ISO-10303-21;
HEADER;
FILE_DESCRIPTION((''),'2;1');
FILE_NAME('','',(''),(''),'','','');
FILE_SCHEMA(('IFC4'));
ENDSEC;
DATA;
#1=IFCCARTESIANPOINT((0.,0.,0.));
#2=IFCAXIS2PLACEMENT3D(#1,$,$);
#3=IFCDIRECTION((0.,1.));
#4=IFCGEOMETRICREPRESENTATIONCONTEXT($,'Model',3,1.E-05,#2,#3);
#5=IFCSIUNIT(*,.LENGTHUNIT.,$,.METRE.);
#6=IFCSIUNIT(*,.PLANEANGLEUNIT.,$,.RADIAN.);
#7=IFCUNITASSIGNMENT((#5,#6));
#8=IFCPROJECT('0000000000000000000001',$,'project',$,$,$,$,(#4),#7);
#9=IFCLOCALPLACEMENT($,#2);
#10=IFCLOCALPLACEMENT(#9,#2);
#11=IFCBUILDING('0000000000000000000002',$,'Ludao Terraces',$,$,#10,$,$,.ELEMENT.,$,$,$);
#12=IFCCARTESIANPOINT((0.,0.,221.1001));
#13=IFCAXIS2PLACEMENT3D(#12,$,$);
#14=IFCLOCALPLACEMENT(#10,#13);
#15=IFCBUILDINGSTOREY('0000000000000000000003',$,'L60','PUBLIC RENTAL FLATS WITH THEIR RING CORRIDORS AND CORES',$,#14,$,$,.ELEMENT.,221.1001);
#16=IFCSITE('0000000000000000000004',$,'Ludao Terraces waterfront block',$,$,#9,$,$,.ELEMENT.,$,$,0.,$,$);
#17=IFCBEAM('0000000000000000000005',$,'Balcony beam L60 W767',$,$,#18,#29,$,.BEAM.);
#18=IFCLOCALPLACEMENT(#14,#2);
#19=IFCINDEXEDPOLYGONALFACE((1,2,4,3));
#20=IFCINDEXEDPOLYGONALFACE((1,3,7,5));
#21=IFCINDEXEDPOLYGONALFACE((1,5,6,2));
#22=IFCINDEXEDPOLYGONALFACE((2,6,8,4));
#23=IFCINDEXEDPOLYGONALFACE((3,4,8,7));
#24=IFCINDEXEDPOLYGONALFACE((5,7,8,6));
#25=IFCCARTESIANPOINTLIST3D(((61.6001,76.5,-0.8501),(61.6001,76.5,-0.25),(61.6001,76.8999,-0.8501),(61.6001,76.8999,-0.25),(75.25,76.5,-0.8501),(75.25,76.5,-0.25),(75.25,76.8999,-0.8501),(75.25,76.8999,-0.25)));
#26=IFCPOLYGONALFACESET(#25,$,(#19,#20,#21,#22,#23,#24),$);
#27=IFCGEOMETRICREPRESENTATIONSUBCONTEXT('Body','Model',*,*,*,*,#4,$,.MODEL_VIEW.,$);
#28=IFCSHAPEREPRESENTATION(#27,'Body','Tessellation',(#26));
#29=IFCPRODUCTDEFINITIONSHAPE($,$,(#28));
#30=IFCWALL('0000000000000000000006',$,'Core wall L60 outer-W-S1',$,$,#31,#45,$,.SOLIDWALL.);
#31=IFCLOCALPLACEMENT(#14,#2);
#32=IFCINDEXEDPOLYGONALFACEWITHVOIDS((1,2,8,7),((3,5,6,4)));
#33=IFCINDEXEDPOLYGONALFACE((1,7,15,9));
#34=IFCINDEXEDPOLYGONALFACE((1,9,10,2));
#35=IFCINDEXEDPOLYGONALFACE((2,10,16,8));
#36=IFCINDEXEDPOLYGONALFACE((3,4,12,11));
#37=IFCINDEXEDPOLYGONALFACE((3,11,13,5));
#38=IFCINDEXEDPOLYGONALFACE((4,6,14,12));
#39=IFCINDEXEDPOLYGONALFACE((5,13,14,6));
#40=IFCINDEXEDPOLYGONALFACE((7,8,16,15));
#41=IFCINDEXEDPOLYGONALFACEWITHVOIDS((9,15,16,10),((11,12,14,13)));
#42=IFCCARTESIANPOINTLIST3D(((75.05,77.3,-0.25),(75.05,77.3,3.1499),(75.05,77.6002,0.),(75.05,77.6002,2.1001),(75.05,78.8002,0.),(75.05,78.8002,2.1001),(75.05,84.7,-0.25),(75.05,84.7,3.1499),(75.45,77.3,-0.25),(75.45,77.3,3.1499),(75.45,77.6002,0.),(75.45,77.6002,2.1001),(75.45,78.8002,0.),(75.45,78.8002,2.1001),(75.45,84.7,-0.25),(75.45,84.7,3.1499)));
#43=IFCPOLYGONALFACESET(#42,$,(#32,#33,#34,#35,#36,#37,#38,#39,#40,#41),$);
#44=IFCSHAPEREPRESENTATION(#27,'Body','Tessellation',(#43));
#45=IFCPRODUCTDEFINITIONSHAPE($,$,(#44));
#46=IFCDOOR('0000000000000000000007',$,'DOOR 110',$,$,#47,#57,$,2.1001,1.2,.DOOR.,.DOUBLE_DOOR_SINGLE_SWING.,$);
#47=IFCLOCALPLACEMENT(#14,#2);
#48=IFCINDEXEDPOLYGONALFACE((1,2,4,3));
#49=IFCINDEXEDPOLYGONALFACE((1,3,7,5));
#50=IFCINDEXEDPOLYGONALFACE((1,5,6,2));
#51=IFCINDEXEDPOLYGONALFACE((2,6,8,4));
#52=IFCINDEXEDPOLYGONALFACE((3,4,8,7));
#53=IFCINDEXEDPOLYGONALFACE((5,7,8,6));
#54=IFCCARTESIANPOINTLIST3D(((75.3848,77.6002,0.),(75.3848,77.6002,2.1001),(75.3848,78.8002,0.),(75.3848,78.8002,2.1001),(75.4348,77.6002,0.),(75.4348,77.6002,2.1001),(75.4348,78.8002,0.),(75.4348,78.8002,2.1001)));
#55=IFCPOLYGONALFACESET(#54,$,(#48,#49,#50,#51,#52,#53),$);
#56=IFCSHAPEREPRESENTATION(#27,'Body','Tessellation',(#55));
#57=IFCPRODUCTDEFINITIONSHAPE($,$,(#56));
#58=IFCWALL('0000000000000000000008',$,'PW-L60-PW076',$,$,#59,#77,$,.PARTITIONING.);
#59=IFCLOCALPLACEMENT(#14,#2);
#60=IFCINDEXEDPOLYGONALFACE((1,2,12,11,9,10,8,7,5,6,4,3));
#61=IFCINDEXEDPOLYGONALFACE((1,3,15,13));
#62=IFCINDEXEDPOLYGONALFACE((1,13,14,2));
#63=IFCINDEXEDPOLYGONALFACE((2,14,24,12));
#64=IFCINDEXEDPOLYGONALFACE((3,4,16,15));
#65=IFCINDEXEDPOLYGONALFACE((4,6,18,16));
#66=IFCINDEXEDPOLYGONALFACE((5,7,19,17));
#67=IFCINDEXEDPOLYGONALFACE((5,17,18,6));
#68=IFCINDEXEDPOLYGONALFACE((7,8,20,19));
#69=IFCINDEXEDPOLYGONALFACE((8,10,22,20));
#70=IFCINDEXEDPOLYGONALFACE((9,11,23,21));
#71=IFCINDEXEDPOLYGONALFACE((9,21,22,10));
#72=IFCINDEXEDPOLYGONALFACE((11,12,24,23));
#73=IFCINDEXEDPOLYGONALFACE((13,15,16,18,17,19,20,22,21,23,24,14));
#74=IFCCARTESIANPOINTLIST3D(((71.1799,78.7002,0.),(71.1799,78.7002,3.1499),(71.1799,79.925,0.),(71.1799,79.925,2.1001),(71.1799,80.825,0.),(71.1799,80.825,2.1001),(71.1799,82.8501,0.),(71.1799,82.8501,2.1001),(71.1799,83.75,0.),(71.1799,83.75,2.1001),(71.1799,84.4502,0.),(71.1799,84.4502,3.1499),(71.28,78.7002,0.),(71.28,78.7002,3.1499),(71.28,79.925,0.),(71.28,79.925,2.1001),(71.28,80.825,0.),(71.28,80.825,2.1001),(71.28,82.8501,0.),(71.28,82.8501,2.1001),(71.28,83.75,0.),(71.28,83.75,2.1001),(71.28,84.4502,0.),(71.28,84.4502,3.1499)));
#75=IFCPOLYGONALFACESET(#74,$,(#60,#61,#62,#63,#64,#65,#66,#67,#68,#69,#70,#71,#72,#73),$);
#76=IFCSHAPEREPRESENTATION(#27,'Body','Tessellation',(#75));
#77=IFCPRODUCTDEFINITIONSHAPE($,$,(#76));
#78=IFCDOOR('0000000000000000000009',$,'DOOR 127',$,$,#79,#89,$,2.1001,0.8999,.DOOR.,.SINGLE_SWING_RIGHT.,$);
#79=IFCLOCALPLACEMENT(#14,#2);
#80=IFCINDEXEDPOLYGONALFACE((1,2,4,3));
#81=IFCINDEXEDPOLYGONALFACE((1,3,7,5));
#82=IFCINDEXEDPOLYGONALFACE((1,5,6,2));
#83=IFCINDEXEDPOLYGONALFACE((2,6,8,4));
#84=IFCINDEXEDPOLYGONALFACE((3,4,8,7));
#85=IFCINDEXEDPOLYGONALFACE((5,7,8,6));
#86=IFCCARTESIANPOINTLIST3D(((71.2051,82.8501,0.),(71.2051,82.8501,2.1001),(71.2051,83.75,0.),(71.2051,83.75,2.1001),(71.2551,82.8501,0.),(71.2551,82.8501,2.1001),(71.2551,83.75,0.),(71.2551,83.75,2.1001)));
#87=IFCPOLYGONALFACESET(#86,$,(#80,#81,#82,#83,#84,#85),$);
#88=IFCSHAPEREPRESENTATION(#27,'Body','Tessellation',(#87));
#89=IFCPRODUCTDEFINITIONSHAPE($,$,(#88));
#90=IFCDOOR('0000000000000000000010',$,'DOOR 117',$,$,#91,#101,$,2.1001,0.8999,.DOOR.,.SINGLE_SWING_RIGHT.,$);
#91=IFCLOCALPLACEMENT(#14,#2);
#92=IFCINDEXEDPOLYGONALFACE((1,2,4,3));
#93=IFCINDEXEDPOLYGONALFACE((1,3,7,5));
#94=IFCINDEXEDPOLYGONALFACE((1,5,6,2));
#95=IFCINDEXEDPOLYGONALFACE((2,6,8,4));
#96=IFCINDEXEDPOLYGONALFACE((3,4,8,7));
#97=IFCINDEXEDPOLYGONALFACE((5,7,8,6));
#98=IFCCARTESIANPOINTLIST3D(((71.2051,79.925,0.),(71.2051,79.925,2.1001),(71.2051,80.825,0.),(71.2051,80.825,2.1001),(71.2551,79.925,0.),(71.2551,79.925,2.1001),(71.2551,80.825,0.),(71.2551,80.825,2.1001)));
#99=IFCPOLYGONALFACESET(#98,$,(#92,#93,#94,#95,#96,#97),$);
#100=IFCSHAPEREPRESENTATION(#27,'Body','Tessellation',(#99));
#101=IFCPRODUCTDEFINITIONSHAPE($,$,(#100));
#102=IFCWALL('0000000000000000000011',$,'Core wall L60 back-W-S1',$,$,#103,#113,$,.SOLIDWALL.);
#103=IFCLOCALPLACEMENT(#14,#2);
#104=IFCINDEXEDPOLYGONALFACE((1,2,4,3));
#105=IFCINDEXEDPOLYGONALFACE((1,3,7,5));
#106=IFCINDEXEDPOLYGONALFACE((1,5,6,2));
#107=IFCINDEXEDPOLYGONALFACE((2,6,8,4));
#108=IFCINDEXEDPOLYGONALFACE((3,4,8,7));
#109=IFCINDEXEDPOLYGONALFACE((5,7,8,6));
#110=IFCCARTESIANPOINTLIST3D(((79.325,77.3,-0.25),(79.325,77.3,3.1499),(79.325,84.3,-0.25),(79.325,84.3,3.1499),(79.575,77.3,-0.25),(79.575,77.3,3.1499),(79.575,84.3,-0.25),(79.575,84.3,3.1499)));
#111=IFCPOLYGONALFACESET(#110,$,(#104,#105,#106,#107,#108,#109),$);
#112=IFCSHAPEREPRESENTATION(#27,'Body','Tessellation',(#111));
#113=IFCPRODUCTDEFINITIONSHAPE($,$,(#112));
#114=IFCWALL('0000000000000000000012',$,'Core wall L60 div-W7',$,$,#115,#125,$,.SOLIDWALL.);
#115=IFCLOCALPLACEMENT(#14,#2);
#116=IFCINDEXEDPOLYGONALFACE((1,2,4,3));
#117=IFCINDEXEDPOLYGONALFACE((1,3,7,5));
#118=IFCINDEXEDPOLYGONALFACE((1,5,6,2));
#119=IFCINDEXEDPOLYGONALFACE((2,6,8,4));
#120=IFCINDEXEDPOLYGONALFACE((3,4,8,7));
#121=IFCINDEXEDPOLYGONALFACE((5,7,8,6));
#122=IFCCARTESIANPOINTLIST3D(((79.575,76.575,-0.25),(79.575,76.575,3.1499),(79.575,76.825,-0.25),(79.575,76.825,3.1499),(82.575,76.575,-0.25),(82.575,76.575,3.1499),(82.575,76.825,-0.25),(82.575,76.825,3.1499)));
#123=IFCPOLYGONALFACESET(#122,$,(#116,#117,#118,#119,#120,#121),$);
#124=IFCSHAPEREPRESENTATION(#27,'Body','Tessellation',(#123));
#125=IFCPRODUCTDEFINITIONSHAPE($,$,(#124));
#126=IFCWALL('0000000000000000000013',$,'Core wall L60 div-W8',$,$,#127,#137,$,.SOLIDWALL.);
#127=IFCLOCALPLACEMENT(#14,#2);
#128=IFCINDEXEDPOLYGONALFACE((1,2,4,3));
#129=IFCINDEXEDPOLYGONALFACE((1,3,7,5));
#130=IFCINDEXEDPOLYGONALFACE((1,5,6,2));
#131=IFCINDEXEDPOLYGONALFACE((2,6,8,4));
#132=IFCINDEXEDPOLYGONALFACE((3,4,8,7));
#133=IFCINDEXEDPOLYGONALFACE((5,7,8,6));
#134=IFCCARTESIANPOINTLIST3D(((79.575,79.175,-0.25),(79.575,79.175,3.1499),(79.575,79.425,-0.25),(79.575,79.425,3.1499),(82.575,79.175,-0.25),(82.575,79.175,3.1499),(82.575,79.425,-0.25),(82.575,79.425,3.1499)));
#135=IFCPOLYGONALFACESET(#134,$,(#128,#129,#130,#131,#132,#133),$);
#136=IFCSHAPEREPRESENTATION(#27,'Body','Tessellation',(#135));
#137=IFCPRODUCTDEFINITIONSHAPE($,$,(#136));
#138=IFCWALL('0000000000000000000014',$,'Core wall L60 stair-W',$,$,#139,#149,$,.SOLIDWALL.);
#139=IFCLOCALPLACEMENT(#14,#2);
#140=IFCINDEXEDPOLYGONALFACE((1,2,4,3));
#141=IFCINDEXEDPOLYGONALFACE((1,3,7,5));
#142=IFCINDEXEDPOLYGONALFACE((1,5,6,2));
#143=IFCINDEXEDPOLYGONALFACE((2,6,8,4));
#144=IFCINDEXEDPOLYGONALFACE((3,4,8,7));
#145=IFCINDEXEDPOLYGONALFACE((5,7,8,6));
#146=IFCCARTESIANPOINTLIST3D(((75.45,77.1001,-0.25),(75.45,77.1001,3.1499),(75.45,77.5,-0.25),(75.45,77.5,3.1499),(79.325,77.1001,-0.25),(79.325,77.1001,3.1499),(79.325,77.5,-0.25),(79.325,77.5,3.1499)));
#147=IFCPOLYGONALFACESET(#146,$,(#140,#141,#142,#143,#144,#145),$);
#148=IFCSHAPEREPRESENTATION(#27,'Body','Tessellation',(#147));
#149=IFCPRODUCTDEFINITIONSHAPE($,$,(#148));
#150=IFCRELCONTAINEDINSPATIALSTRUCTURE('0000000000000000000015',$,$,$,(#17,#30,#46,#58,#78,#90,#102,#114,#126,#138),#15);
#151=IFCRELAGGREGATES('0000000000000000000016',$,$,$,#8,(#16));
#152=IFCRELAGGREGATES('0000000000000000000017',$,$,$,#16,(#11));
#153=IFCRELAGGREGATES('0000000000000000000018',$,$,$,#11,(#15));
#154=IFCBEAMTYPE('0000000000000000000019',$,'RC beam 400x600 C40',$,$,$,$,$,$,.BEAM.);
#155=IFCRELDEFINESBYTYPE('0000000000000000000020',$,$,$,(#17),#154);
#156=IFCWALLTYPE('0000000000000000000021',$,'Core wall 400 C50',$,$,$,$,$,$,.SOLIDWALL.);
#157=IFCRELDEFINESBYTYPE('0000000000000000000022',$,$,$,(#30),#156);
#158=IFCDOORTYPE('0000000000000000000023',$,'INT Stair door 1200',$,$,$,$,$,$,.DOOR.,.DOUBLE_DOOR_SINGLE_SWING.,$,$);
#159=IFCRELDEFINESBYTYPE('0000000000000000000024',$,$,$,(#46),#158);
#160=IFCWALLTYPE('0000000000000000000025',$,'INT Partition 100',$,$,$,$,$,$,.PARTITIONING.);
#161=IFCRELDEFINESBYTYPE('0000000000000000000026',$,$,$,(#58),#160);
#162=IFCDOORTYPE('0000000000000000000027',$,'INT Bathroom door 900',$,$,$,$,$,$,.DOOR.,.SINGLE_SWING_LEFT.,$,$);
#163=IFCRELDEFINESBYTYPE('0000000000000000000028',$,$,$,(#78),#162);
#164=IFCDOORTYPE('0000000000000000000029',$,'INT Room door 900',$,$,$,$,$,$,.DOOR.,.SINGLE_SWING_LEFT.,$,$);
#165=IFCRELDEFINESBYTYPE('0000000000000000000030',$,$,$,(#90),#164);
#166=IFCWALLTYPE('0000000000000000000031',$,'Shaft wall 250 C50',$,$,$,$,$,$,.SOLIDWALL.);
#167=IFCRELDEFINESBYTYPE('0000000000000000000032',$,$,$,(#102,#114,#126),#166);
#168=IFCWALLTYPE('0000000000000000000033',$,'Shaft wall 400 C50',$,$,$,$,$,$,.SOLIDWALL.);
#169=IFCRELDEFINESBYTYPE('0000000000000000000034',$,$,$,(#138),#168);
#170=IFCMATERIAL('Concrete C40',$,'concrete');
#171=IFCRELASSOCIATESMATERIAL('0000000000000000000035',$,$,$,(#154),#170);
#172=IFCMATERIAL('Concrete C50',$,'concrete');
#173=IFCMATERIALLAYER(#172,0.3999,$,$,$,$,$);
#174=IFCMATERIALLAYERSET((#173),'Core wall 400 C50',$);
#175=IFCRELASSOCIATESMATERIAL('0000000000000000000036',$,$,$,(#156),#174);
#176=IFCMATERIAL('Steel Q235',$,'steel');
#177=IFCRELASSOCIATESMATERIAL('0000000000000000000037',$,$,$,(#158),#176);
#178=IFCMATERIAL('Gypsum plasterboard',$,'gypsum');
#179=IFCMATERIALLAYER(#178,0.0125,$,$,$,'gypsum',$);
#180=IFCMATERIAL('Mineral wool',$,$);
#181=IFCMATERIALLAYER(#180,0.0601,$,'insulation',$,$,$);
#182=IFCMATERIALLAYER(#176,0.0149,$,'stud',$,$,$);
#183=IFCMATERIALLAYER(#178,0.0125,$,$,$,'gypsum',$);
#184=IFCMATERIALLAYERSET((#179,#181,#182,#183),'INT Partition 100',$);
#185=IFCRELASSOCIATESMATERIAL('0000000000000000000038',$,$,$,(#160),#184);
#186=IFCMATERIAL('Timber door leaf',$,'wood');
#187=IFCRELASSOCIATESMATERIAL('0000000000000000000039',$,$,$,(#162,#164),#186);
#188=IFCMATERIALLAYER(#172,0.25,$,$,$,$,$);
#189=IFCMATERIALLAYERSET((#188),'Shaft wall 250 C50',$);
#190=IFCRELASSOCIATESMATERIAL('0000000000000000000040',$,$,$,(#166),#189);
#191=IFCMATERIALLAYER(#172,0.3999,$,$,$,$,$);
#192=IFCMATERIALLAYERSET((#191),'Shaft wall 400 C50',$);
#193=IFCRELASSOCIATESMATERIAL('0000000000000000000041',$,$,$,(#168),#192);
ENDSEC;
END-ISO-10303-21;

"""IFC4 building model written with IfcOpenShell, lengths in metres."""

from ifc_helpers import new_model, si_unit, direction, frame, frame_2d, origin, origin_2d, place, context, subcontext, project, spatial, rectangle, extrude, material, layer, layer_set, material_profile, profile_set, type_object, element, fill, save


model = new_model("IFC4")

# Units and contexts
model_context = context("Model", 3, precision=1e-05, world=origin(), true_north=direction((0.0, 1.0)))
body_context = subcontext(model_context, "Body", "Model", "MODEL_VIEW")
ifc_project = project(units=[si_unit("LENGTHUNIT", "METRE"), si_unit("PLANEANGLEUNIT", "RADIAN")], contexts=[model_context])

# Site, building, storey
site_placement = place(None, origin())
site = spatial("IfcSite", under=ifc_project, at=site_placement, Name="Ludao Terraces waterfront block", CompositionType="ELEMENT", RefElevation=0.0)
building_placement = place(site_placement, origin())
building = spatial("IfcBuilding", under=site, at=building_placement, Name="Ludao Terraces", CompositionType="ELEMENT")
storey_placement = place(building_placement, frame((0.0, 0.0, 221.1001)))
storey = spatial("IfcBuildingStorey", under=building, at=storey_placement, Name="L60", Description="PUBLIC RENTAL FLATS WITH THEIR RING CORRIDORS AND CORES", CompositionType="ELEMENT", Elevation=221.1001)

# Beam
ifc_material_1 = material(Name="Concrete C40", Category="concrete")
ifc_material_profile = material_profile(ifc_material_1, rectangle(XDim=0.3999, YDim=0.6001, at=origin_2d()), Name="400 X 600")
ifc_profile_set = profile_set([ifc_material_profile], Name="Concrete C40")
beam_type = type_object("IfcBeamType", Name="RC beam 400x600 C40", PredefinedType="BEAM", material=ifc_profile_set)
beam_placement = place(storey_placement, frame((75.25, 76.7, -0.55), z_axis=(-1.0, 0.0, 0.0), x_axis=(0.0, -1.0, 0.0)))
element("IfcBeam", 1, at=beam_placement, inside=storey, type_object=beam_type, Name="Balcony beam L60 W767", PredefinedType="BEAM", context=body_context, shape_type="SweptSolid", body=[
    extrude(rectangle(XDim=0.3999, YDim=0.6001, at=origin_2d()), origin(), (0.0, 0.0, 1.0), 13.6499),
])

# Wall, opening, door
ifc_material_2 = material(Name="Concrete C50", Category="concrete")
ifc_layer_1 = layer(ifc_material_2, 0.3999)
ifc_layer_set_1 = layer_set([ifc_layer_1], Name="Core wall 400 C50")
wall_type_1 = type_object("IfcWallType", Name="Core wall 400 C50", PredefinedType="SOLIDWALL", material=ifc_layer_set_1)
wall_1_placement = place(storey_placement, frame((75.25, 77.3, -0.25), z_axis=(0.0, 0.0, 1.0), x_axis=(0.0, 1.0, 0.0)))
wall_1 = element("IfcWall", 2, at=wall_1_placement, inside=storey, type_object=wall_type_1, Name="Core wall L60 outer-W-S1", PredefinedType="SOLIDWALL", context=body_context, shape_type="SweptSolid", body=[
    extrude(rectangle(XDim=7.3999, YDim=0.3999, at=frame_2d((3.7, 0.0))), origin(), (0.0, 0.0, 1.0), 3.3999),
])
opening_1_placement = place(wall_1_placement, frame((0.3, 0.0, 0.25)))
opening_1 = element("IfcOpeningElement", 3, at=opening_1_placement, cuts=wall_1, PredefinedType="OPENING", context=body_context, shape_type="SweptSolid", body=[
    extrude(rectangle(XDim=1.2, YDim=2.1001, at=frame_2d((0.6001, 1.05))), frame((0.0, 0.21, 0.0), z_axis=(0.0, -1.0, 0.0), x_axis=(1.0, 0.0, 0.0)), (0.0, 0.0, 1.0), 0.4199),
])
ifc_material_3 = material(Name="Steel Q235", Category="steel")
door_type_1 = type_object("IfcDoorType", Name="INT Stair door 1200", OperationType="DOUBLE_DOOR_SINGLE_SWING", PredefinedType="DOOR", material=ifc_material_3)
door_1_placement = place(opening_1_placement, origin())
door_1 = element("IfcDoor", 4, at=door_1_placement, inside=storey, type_object=door_type_1, Name="DOOR 110", OperationType="DOUBLE_DOOR_SINGLE_SWING", OverallHeight=2.1001, OverallWidth=1.2, PredefinedType="DOOR", context=body_context, shape_type="SweptSolid", body=[
    extrude(rectangle(XDim=1.2, YDim=2.1001, at=frame_2d((0.6001, 1.05))), frame((0.0, -0.1348, 0.0), z_axis=(0.0, -1.0, 0.0), x_axis=(1.0, 0.0, 0.0)), (0.0, 0.0, 1.0), 0.05),
])
fill(opening_1, door_1)

# Wall, openings, doors
ifc_material_4 = material(Name="Gypsum plasterboard", Category="gypsum")
ifc_layer_2 = layer(ifc_material_4, 0.0125, Category="gypsum")
ifc_material_5 = material(Name="Mineral wool")
ifc_layer_3 = layer(ifc_material_5, 0.0601, Name="insulation")
ifc_layer_4 = layer(ifc_material_3, 0.0149, Name="stud")
ifc_layer_5 = layer(ifc_material_4, 0.0125, Category="gypsum")
ifc_layer_set_2 = layer_set([ifc_layer_2, ifc_layer_3, ifc_layer_4, ifc_layer_5], Name="INT Partition 100")
wall_type_2 = type_object("IfcWallType", Name="INT Partition 100", PredefinedType="PARTITIONING", material=ifc_layer_set_2)
wall_2_placement = place(storey_placement, frame((71.23, 78.7002, 0.0), z_axis=(0.0, 0.0, 1.0), x_axis=(0.0, 1.0, 0.0)))
wall_2 = element("IfcWall", 5, at=wall_2_placement, inside=storey, type_object=wall_type_2, Name="PW-L60-PW076", PredefinedType="PARTITIONING", context=body_context, shape_type="SweptSolid", body=[
    extrude(rectangle(XDim=5.75, YDim=0.1001, at=frame_2d((2.875, 0.0))), origin(), (0.0, 0.0, 1.0), 3.1499),
])
opening_2_placement = place(wall_2_placement, frame((1.2249, 0.0, 0.0)))
opening_2 = element("IfcOpeningElement", 6, at=opening_2_placement, cuts=wall_2, PredefinedType="OPENING", context=body_context, shape_type="SweptSolid", body=[
    extrude(rectangle(XDim=0.8999, YDim=2.1001, at=frame_2d((0.45, 1.05))), frame((0.0, 0.0601, 0.0), z_axis=(0.0, -1.0, 0.0), x_axis=(1.0, 0.0, 0.0)), (0.0, 0.0, 1.0), 0.1201),
])
opening_3_placement = place(wall_2_placement, frame((4.1499, 0.0, 0.0)))
opening_3 = element("IfcOpeningElement", 7, at=opening_3_placement, cuts=wall_2, PredefinedType="OPENING", context=body_context, shape_type="SweptSolid", body=[
    extrude(rectangle(XDim=0.8999, YDim=2.1001, at=frame_2d((0.45, 1.05))), frame((0.0, 0.0601, 0.0), z_axis=(0.0, -1.0, 0.0), x_axis=(1.0, 0.0, 0.0)), (0.0, 0.0, 1.0), 0.1201),
])
ifc_material_6 = material(Name="Timber door leaf", Category="wood")
door_type_2 = type_object("IfcDoorType", Name="INT Bathroom door 900", OperationType="SINGLE_SWING_LEFT", PredefinedType="DOOR", material=ifc_material_6)
door_2_placement = place(opening_3_placement, origin())
door_2 = element("IfcDoor", 8, at=door_2_placement, inside=storey, type_object=door_type_2, Name="DOOR 127", OperationType="SINGLE_SWING_RIGHT", OverallHeight=2.1001, OverallWidth=0.8999, PredefinedType="DOOR", context=body_context, shape_type="SweptSolid", body=[
    extrude(rectangle(XDim=0.8999, YDim=2.1001, at=frame_2d((0.45, 1.05))), frame((0.0, 0.0249, 0.0), z_axis=(0.0, -1.0, 0.0), x_axis=(1.0, 0.0, 0.0)), (0.0, 0.0, 1.0), 0.05),
])
fill(opening_3, door_2)
door_type_3 = type_object("IfcDoorType", Name="INT Room door 900", OperationType="SINGLE_SWING_LEFT", PredefinedType="DOOR", material=ifc_material_6)
door_3_placement = place(opening_2_placement, origin())
door_3 = element("IfcDoor", 9, at=door_3_placement, inside=storey, type_object=door_type_3, Name="DOOR 117", OperationType="SINGLE_SWING_RIGHT", OverallHeight=2.1001, OverallWidth=0.8999, PredefinedType="DOOR", context=body_context, shape_type="SweptSolid", body=[
    extrude(rectangle(XDim=0.8999, YDim=2.1001, at=frame_2d((0.45, 1.05))), frame((0.0, 0.0249, 0.0), z_axis=(0.0, -1.0, 0.0), x_axis=(1.0, 0.0, 0.0)), (0.0, 0.0, 1.0), 0.05),
])
fill(opening_2, door_3)

# Walls
ifc_layer_6 = layer(ifc_material_2, 0.25)
ifc_layer_set_3 = layer_set([ifc_layer_6], Name="Shaft wall 250 C50")
wall_type_3 = type_object("IfcWallType", Name="Shaft wall 250 C50", PredefinedType="SOLIDWALL", material=ifc_layer_set_3)
wall_3_placement = place(storey_placement, frame((79.45, 77.3, -0.25), z_axis=(0.0, 0.0, 1.0), x_axis=(0.0, 1.0, 0.0)))
element("IfcWall", 10, at=wall_3_placement, inside=storey, type_object=wall_type_3, Name="Core wall L60 back-W-S1", PredefinedType="SOLIDWALL", context=body_context, shape_type="SweptSolid", body=[
    extrude(rectangle(XDim=7.0, YDim=0.25, at=frame_2d((3.5, 0.0))), origin(), (0.0, 0.0, 1.0), 3.3999),
])
for number, where, z_axis, x_axis, name in (
    (11, (79.575, 76.7, -0.25), (0.0, 0.0, 1.0), (1.0, 0.0, 0.0), "Core wall L60 div-W7"),
    (12, (79.575, 79.3, -0.25), (0.0, 0.0, 1.0), (1.0, 0.0, 0.0), "Core wall L60 div-W8"),
):
    element("IfcWall", number, at=place(storey_placement, frame(where, z_axis=z_axis, x_axis=x_axis)), inside=storey, type_object=wall_type_3, Name=name, PredefinedType="SOLIDWALL", context=body_context, shape_type="SweptSolid", body=[
        extrude(rectangle(XDim=3.0, YDim=0.25, at=frame_2d((1.5, 0.0))), origin(), (0.0, 0.0, 1.0), 3.3999),
    ])
ifc_layer_7 = layer(ifc_material_2, 0.3999)
ifc_layer_set_4 = layer_set([ifc_layer_7], Name="Shaft wall 400 C50")
wall_type_4 = type_object("IfcWallType", Name="Shaft wall 400 C50", PredefinedType="SOLIDWALL", material=ifc_layer_set_4)
wall_4_placement = place(storey_placement, frame((75.45, 77.3, -0.25), z_axis=(0.0, 0.0, 1.0), x_axis=(1.0, 0.0, 0.0)))
element("IfcWall", 13, at=wall_4_placement, inside=storey, type_object=wall_type_4, Name="Core wall L60 stair-W", PredefinedType="SOLIDWALL", context=body_context, shape_type="SweptSolid", body=[
    extrude(rectangle(XDim=3.875, YDim=0.3999, at=frame_2d((1.9375, 0.0))), origin(), (0.0, 0.0, 1.0), 3.3999),
])

save(model, "model.ifc")
